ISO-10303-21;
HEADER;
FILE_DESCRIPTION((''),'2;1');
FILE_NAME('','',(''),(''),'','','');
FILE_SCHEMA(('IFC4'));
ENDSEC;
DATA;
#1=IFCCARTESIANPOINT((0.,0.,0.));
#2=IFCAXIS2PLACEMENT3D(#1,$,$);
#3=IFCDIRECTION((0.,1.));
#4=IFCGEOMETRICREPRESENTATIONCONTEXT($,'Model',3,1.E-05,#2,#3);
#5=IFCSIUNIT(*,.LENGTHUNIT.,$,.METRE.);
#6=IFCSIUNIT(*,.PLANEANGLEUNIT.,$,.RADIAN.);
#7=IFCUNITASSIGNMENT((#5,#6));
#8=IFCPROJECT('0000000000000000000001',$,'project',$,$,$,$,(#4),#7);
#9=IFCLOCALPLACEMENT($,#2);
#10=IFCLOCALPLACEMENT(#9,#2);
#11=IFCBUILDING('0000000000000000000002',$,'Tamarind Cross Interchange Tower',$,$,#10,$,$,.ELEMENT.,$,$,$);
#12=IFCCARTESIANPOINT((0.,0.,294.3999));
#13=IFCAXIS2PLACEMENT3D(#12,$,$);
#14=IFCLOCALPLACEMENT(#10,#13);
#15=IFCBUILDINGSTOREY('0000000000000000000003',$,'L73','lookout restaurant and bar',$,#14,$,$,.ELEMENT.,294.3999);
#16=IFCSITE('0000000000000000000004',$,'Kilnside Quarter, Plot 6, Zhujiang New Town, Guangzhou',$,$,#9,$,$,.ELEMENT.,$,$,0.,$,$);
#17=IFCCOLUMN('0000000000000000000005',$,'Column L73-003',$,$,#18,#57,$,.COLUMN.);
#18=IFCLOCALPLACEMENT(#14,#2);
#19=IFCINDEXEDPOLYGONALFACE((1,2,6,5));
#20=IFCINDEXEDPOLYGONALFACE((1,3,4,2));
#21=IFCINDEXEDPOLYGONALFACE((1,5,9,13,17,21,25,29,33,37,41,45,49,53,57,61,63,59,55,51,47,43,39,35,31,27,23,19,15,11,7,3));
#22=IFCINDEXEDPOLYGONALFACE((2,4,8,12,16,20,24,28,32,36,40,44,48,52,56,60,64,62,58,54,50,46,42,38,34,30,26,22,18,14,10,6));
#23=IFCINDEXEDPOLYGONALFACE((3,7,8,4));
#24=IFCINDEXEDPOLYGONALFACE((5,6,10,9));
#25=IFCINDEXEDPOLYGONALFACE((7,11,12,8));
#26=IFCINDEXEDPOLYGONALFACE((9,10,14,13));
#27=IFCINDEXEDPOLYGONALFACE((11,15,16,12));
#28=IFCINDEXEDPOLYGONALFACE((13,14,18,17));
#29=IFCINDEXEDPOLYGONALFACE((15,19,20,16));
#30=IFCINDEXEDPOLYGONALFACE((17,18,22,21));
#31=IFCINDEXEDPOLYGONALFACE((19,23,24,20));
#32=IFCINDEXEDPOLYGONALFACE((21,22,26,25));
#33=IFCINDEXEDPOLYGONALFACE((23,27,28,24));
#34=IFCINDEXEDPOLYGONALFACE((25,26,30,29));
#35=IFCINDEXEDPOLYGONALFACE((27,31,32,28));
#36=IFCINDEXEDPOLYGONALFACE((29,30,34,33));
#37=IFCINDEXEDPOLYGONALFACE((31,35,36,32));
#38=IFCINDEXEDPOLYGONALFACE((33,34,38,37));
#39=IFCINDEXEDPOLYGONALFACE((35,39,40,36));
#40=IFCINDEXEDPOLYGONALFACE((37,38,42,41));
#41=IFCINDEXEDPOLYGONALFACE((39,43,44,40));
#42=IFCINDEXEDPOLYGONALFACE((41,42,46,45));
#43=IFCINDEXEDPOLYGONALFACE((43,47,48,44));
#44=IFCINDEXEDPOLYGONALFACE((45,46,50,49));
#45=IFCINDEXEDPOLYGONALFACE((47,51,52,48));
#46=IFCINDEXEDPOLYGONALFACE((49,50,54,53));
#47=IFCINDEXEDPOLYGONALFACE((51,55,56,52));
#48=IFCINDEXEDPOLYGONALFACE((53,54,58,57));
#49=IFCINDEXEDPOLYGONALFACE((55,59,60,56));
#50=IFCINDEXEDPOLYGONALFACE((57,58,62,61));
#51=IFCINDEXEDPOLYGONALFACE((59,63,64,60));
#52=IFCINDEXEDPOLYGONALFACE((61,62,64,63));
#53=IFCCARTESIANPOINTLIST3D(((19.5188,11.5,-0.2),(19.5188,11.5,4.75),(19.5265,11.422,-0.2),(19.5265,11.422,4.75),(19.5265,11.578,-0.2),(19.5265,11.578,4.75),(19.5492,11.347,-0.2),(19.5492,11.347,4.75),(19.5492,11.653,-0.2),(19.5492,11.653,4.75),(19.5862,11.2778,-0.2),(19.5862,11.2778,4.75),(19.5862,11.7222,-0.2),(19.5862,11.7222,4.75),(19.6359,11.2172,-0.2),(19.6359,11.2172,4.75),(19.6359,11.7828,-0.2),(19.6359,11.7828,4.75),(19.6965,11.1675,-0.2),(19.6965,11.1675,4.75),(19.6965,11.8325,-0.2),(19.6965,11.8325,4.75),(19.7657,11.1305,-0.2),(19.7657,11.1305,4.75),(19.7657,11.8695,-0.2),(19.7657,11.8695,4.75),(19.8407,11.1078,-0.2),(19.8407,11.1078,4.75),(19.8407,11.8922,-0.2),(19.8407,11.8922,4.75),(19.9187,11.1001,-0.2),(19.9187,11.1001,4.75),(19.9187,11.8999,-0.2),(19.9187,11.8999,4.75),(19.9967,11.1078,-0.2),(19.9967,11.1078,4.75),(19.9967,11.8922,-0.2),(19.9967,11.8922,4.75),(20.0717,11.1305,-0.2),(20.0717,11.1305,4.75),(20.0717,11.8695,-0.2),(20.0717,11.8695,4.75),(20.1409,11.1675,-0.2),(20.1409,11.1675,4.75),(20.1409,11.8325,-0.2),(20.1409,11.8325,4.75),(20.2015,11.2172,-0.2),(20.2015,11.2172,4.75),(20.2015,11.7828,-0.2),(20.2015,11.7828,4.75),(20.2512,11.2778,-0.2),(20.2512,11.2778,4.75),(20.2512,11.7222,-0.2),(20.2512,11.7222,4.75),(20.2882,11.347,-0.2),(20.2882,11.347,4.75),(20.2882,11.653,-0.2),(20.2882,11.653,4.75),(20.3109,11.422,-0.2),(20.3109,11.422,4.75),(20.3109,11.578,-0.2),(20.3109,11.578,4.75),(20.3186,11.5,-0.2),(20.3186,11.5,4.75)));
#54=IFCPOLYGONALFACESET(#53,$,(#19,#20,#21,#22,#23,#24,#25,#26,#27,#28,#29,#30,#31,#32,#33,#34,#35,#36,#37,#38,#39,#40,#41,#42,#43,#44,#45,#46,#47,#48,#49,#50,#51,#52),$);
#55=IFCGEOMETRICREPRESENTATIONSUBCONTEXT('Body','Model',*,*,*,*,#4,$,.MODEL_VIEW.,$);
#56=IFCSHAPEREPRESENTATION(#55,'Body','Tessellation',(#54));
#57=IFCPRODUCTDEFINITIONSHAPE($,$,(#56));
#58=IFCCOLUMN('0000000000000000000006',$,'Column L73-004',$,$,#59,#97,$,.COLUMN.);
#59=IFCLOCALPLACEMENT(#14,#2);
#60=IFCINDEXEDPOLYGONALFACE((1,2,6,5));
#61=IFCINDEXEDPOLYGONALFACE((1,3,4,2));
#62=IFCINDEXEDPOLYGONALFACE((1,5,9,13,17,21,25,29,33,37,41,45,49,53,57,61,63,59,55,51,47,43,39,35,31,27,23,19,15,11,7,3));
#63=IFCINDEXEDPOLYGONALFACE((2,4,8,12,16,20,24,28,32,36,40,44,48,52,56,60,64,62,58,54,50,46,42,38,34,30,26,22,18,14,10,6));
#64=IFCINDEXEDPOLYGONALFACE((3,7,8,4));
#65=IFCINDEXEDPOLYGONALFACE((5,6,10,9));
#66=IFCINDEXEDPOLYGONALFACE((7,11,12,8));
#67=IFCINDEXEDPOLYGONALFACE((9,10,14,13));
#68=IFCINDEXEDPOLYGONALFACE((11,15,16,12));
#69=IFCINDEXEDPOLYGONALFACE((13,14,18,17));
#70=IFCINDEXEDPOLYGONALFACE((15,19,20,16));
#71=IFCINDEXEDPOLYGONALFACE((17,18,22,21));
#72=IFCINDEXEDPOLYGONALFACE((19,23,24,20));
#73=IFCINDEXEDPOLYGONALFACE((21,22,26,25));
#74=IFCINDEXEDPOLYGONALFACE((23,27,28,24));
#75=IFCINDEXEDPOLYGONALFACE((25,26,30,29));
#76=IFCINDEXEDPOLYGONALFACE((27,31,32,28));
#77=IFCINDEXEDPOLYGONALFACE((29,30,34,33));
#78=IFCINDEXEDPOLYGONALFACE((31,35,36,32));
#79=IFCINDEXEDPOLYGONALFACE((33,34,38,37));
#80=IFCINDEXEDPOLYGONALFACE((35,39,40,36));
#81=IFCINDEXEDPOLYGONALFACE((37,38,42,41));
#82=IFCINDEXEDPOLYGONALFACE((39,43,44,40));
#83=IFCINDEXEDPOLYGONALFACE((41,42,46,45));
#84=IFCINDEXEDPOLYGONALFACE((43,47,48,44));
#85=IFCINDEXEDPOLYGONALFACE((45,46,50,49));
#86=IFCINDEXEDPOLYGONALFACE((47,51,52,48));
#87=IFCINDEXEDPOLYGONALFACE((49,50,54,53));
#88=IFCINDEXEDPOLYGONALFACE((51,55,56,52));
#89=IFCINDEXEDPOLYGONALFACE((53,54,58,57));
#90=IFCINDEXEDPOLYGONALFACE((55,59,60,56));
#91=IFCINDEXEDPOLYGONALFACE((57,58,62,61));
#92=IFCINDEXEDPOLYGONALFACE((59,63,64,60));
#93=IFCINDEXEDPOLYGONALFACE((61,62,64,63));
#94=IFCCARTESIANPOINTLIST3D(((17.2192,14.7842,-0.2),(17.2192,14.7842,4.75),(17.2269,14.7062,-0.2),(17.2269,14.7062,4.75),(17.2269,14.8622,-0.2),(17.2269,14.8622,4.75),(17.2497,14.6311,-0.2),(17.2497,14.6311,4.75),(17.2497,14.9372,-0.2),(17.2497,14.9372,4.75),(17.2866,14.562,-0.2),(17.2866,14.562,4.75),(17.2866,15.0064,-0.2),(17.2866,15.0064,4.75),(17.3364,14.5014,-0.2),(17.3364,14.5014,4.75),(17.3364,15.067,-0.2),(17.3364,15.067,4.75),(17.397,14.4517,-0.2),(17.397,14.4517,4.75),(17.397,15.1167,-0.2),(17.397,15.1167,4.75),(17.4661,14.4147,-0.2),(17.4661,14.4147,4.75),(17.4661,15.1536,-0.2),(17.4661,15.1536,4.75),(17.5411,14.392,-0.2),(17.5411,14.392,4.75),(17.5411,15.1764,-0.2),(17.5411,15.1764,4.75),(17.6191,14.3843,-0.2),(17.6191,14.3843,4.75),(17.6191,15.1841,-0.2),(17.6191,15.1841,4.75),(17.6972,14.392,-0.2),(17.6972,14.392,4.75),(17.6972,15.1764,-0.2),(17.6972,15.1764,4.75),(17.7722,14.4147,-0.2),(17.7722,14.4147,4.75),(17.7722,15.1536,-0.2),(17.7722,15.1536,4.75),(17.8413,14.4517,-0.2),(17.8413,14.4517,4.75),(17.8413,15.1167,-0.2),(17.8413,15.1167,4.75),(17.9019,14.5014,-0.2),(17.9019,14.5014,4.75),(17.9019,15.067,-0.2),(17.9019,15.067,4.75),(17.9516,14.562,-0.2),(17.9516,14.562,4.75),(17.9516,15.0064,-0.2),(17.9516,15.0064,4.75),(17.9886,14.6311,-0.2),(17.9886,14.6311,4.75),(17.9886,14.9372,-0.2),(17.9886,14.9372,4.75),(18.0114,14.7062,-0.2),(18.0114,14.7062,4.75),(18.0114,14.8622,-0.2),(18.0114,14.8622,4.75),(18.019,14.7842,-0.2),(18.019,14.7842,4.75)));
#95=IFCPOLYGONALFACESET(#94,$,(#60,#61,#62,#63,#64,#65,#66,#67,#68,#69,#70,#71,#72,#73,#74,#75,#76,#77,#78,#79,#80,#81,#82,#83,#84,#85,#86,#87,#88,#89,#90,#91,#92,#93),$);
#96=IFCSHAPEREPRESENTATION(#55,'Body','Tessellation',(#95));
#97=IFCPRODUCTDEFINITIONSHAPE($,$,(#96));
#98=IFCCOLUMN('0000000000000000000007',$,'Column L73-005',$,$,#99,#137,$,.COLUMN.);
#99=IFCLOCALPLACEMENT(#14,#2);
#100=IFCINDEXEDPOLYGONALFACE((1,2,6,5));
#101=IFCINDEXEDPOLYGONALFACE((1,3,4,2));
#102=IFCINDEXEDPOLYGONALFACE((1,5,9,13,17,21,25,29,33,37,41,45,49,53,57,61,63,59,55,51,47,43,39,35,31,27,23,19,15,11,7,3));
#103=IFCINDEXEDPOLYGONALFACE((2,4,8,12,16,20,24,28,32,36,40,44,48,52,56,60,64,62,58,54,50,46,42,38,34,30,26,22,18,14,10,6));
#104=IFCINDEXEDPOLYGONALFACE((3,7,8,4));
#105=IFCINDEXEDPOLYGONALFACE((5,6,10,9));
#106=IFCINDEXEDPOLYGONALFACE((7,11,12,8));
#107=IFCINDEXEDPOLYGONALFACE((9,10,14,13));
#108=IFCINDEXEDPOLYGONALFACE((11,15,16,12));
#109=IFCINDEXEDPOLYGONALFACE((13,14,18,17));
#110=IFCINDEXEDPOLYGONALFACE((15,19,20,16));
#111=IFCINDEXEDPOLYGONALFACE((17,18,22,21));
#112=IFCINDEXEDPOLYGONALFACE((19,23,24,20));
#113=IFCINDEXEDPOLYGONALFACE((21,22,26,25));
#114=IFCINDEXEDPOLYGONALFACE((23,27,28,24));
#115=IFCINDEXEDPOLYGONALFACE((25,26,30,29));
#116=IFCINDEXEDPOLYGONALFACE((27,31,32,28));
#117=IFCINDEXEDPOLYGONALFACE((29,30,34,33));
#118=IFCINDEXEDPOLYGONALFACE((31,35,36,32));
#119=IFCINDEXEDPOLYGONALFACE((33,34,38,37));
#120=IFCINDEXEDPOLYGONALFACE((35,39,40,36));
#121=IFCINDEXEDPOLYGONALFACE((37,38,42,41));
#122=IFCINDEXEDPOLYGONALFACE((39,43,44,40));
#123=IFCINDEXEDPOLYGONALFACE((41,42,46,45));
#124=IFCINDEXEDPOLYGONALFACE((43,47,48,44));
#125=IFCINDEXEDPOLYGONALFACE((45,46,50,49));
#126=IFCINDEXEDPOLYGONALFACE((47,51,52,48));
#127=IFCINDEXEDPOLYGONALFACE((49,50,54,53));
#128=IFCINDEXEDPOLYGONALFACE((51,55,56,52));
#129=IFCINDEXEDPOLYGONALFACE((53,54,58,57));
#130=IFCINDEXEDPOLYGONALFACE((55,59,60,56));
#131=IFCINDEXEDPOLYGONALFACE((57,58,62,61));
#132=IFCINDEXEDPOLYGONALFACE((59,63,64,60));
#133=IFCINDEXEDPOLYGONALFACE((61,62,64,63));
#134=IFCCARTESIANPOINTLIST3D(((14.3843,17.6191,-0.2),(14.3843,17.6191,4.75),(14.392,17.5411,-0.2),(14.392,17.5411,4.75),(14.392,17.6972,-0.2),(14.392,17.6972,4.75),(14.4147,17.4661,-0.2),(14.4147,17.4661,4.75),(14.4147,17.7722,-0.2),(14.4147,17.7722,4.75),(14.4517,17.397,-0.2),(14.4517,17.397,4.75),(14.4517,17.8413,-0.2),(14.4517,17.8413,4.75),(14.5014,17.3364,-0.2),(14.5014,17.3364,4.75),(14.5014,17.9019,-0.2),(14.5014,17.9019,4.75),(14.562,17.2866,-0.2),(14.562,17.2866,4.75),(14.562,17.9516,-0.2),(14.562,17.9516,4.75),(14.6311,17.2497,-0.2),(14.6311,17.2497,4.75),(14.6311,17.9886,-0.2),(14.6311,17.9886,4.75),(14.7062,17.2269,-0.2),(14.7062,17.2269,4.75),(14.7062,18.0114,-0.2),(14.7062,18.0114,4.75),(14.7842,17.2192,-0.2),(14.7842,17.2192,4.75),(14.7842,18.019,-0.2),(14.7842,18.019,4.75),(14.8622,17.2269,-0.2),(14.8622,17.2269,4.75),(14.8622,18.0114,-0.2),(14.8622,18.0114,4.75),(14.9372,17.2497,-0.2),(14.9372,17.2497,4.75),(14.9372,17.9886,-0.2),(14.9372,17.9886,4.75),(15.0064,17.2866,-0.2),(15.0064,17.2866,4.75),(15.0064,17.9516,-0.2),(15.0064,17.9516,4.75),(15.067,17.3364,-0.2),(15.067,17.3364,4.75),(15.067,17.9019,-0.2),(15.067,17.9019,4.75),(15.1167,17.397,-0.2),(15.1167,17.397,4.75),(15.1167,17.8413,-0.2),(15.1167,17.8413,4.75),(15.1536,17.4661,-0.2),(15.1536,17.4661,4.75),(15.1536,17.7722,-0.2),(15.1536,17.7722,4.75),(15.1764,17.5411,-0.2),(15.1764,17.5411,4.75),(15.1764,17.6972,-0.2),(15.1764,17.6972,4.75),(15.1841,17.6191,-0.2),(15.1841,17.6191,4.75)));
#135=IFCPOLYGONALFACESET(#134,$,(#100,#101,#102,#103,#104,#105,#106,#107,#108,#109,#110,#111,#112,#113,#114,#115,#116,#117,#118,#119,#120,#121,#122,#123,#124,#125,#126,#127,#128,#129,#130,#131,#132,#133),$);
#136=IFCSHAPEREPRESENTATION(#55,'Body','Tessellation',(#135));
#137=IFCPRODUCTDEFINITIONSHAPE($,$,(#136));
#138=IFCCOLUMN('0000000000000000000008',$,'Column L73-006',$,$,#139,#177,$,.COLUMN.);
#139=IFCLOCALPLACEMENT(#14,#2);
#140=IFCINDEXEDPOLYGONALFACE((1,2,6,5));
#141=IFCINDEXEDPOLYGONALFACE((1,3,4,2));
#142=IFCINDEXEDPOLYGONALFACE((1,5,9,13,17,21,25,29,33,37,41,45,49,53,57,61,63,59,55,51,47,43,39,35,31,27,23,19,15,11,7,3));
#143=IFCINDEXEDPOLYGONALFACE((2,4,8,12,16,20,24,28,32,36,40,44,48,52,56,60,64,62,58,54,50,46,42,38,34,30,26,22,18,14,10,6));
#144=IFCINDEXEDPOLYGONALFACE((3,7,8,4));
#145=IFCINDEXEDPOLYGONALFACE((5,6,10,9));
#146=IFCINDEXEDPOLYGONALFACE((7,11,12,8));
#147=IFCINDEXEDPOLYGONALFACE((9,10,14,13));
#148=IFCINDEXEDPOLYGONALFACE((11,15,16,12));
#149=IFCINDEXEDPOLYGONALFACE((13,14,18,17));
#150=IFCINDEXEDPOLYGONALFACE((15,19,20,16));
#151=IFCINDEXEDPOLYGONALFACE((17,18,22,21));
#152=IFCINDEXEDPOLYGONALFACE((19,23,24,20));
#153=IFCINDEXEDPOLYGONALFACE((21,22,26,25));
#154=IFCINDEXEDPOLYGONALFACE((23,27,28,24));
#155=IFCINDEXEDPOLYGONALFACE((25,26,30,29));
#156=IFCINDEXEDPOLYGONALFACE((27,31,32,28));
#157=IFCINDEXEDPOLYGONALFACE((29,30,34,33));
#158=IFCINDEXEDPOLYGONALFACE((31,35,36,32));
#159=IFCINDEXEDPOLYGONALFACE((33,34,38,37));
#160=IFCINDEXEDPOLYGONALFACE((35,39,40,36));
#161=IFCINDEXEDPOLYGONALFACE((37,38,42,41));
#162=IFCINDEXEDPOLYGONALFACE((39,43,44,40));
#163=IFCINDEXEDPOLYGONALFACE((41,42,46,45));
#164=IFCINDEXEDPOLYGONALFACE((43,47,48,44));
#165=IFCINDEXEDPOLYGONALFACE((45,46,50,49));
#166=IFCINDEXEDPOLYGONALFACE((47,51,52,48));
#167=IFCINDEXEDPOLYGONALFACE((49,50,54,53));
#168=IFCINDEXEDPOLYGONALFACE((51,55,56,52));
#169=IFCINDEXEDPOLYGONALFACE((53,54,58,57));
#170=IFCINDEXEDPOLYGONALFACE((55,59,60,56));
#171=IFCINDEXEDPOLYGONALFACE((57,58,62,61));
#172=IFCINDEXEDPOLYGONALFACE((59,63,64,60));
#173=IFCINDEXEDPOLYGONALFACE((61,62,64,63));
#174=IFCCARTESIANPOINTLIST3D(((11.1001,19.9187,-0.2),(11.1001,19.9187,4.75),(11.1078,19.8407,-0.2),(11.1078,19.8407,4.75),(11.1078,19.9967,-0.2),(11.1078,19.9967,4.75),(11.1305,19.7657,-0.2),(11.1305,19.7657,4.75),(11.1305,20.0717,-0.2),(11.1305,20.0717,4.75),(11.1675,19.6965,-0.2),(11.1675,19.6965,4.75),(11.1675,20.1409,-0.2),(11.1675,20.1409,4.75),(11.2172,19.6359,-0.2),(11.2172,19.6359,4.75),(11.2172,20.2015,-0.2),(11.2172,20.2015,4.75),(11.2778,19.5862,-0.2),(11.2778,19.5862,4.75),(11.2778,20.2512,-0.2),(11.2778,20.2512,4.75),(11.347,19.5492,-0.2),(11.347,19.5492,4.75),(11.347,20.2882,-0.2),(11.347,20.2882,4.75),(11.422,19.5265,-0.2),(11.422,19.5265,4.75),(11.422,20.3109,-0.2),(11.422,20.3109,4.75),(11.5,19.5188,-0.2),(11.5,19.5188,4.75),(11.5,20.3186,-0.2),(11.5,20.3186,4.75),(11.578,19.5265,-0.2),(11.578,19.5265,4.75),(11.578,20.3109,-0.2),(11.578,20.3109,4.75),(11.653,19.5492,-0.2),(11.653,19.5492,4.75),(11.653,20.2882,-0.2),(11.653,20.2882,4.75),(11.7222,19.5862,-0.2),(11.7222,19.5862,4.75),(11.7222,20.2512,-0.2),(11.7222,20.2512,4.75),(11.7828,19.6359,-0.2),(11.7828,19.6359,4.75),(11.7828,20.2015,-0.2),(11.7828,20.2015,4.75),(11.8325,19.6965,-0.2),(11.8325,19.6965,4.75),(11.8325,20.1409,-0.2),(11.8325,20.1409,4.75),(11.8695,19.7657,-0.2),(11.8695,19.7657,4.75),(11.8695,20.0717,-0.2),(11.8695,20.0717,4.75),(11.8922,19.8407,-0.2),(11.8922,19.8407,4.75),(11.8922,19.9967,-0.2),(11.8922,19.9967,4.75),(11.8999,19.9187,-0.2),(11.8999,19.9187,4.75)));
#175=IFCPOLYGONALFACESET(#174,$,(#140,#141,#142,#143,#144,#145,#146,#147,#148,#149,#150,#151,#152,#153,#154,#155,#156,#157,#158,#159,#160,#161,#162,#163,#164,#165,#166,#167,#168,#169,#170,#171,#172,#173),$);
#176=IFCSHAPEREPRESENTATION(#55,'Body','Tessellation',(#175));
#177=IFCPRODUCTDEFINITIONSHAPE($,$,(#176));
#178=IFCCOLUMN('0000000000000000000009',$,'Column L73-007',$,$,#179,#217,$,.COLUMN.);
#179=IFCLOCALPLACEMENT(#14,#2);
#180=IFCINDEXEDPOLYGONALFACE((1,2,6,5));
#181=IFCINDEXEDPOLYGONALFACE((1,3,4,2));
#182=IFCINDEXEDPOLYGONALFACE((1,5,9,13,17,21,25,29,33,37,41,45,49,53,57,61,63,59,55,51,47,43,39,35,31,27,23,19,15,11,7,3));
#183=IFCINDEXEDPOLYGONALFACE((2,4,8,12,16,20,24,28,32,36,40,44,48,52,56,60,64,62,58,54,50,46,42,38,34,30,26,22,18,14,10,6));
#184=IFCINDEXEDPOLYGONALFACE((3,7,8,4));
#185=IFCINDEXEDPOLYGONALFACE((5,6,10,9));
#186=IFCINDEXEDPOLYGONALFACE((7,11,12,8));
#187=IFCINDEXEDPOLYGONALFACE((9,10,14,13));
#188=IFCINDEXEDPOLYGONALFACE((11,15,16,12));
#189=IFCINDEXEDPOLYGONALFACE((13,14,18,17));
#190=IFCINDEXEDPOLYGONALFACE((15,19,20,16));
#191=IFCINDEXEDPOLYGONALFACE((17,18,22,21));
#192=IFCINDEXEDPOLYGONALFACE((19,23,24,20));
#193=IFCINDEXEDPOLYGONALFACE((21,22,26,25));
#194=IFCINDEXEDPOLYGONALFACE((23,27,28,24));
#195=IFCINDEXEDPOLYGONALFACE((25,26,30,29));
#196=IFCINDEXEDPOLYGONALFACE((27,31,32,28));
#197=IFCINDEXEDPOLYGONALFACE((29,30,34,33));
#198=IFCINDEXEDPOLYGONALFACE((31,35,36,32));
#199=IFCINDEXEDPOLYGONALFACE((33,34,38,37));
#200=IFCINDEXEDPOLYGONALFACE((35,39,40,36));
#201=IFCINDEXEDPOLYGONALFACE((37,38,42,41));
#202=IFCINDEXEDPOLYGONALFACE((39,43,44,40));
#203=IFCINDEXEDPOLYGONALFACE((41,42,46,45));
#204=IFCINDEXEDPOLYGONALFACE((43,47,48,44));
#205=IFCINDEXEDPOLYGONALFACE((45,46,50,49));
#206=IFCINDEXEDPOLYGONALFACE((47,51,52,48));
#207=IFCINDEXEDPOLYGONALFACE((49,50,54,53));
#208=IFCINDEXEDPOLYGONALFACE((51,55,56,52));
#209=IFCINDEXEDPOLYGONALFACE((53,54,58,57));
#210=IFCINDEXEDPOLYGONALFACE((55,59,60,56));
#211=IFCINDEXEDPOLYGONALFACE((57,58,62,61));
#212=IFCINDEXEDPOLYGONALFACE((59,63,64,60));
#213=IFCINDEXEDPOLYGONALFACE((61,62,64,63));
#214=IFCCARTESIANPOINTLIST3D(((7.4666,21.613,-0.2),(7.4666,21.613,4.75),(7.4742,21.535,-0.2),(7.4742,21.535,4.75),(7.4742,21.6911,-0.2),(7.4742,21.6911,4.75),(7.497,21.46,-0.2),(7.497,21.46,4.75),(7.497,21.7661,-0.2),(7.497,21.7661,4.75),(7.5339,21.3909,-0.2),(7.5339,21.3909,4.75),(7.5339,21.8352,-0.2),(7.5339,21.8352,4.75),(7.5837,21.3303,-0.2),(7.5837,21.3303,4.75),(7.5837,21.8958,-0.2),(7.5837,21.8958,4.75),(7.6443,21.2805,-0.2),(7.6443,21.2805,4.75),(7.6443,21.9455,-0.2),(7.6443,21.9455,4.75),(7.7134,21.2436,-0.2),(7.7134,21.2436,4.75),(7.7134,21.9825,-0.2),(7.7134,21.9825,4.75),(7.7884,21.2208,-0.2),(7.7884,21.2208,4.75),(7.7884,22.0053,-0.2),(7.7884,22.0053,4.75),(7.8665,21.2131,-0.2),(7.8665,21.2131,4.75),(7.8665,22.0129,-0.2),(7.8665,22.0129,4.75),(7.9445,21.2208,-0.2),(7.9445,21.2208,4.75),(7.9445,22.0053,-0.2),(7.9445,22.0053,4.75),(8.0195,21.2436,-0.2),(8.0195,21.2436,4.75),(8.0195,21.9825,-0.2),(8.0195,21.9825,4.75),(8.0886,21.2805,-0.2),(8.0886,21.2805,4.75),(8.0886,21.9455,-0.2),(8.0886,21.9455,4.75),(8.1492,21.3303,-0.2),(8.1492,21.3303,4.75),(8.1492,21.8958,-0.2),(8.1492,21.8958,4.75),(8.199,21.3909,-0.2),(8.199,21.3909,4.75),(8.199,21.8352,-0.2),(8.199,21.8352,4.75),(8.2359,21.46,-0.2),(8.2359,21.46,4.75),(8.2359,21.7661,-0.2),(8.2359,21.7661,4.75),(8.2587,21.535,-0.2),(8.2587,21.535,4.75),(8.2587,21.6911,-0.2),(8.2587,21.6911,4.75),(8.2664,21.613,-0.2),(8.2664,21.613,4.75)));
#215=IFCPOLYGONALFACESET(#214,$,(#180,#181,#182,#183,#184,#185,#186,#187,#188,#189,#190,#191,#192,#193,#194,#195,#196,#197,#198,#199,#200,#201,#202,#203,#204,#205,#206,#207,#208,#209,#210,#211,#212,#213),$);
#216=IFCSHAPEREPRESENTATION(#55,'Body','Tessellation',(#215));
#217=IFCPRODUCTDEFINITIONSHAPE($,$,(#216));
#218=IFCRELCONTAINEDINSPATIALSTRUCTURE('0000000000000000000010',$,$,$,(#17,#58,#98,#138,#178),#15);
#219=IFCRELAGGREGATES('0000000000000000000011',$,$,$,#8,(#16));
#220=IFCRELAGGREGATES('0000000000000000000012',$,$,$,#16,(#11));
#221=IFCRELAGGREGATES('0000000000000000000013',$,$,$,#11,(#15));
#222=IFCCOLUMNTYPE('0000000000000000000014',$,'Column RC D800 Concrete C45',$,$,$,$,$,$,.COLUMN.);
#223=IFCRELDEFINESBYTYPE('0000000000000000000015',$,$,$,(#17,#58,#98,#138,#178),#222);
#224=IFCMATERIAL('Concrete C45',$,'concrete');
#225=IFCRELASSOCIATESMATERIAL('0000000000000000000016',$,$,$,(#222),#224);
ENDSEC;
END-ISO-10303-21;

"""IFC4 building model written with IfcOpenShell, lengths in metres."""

from ifc_helpers import new_model, si_unit, direction, frame, origin, origin_2d, place, context, subcontext, project, spatial, circle, extrude, material, material_profile, profile_set, type_object, element, save


model = new_model("IFC4")

# Units and contexts
model_context = context("Model", 3, precision=1e-05, world=origin(), true_north=direction((0.0, 1.0)))
body_context = subcontext(model_context, "Body", "Model", "MODEL_VIEW")
ifc_project = project(units=[si_unit("LENGTHUNIT", "METRE"), si_unit("PLANEANGLEUNIT", "RADIAN")], contexts=[model_context])

# Site, building, storey
site_placement = place(None, origin())
site = spatial("IfcSite", under=ifc_project, at=site_placement, Name="Kilnside Quarter, Plot 6, Zhujiang New Town, Guangzhou", CompositionType="ELEMENT", RefElevation=0.0)
building_placement = place(site_placement, origin())
building = spatial("IfcBuilding", under=site, at=building_placement, Name="Tamarind Cross Interchange Tower", CompositionType="ELEMENT")
storey_placement = place(building_placement, frame((0.0, 0.0, 294.3999)))
storey = spatial("IfcBuildingStorey", under=building, at=storey_placement, Name="L73", Description="lookout restaurant and bar", CompositionType="ELEMENT", Elevation=294.3999)

# Columns
ifc_material_1 = material(Name="Concrete C45", Category="concrete")
ifc_material_profile_1 = material_profile(ifc_material_1, circle(Radius=0.3999, at=origin_2d()), Name="RC D800")
ifc_profile_set_1 = profile_set([ifc_material_profile_1], Name="Concrete C45")
column_type = type_object("IfcColumnType", Name="Column RC D800 Concrete C45", PredefinedType="COLUMN", material=ifc_profile_set_1)
for number, where, z_axis, x_axis, name in (
    (1, (19.9187, 11.5, -0.2), (0.0, 0.0, 1.0), (1.0, 0.0, 0.0), "Column L73-003"),
    (2, (17.6191, 14.7842, -0.2), (0.0, 0.0, 1.0), (1.0, 0.0, 0.0), "Column L73-004"),
    (3, (14.7842, 17.6191, -0.2), (0.0, 0.0, 1.0), (1.0, 0.0, 0.0), "Column L73-005"),
    (4, (11.5, 19.9187, -0.2), (0.0, 0.0, 1.0), (1.0, 0.0, 0.0), "Column L73-006"),
    (5, (7.8665, 21.613, -0.2), (0.0, 0.0, 1.0), (1.0, 0.0, 0.0), "Column L73-007"),
):
    element("IfcColumn", number, at=place(storey_placement, frame(where, z_axis=z_axis, x_axis=x_axis)), inside=storey, type_object=column_type, Name=name, PredefinedType="COLUMN", context=body_context, shape_type="SweptSolid", body=[
        extrude(circle(Radius=0.3999, at=origin_2d()), origin(), (0.0, 0.0, 1.0), 4.95),
    ])

save(model, "model.ifc")
